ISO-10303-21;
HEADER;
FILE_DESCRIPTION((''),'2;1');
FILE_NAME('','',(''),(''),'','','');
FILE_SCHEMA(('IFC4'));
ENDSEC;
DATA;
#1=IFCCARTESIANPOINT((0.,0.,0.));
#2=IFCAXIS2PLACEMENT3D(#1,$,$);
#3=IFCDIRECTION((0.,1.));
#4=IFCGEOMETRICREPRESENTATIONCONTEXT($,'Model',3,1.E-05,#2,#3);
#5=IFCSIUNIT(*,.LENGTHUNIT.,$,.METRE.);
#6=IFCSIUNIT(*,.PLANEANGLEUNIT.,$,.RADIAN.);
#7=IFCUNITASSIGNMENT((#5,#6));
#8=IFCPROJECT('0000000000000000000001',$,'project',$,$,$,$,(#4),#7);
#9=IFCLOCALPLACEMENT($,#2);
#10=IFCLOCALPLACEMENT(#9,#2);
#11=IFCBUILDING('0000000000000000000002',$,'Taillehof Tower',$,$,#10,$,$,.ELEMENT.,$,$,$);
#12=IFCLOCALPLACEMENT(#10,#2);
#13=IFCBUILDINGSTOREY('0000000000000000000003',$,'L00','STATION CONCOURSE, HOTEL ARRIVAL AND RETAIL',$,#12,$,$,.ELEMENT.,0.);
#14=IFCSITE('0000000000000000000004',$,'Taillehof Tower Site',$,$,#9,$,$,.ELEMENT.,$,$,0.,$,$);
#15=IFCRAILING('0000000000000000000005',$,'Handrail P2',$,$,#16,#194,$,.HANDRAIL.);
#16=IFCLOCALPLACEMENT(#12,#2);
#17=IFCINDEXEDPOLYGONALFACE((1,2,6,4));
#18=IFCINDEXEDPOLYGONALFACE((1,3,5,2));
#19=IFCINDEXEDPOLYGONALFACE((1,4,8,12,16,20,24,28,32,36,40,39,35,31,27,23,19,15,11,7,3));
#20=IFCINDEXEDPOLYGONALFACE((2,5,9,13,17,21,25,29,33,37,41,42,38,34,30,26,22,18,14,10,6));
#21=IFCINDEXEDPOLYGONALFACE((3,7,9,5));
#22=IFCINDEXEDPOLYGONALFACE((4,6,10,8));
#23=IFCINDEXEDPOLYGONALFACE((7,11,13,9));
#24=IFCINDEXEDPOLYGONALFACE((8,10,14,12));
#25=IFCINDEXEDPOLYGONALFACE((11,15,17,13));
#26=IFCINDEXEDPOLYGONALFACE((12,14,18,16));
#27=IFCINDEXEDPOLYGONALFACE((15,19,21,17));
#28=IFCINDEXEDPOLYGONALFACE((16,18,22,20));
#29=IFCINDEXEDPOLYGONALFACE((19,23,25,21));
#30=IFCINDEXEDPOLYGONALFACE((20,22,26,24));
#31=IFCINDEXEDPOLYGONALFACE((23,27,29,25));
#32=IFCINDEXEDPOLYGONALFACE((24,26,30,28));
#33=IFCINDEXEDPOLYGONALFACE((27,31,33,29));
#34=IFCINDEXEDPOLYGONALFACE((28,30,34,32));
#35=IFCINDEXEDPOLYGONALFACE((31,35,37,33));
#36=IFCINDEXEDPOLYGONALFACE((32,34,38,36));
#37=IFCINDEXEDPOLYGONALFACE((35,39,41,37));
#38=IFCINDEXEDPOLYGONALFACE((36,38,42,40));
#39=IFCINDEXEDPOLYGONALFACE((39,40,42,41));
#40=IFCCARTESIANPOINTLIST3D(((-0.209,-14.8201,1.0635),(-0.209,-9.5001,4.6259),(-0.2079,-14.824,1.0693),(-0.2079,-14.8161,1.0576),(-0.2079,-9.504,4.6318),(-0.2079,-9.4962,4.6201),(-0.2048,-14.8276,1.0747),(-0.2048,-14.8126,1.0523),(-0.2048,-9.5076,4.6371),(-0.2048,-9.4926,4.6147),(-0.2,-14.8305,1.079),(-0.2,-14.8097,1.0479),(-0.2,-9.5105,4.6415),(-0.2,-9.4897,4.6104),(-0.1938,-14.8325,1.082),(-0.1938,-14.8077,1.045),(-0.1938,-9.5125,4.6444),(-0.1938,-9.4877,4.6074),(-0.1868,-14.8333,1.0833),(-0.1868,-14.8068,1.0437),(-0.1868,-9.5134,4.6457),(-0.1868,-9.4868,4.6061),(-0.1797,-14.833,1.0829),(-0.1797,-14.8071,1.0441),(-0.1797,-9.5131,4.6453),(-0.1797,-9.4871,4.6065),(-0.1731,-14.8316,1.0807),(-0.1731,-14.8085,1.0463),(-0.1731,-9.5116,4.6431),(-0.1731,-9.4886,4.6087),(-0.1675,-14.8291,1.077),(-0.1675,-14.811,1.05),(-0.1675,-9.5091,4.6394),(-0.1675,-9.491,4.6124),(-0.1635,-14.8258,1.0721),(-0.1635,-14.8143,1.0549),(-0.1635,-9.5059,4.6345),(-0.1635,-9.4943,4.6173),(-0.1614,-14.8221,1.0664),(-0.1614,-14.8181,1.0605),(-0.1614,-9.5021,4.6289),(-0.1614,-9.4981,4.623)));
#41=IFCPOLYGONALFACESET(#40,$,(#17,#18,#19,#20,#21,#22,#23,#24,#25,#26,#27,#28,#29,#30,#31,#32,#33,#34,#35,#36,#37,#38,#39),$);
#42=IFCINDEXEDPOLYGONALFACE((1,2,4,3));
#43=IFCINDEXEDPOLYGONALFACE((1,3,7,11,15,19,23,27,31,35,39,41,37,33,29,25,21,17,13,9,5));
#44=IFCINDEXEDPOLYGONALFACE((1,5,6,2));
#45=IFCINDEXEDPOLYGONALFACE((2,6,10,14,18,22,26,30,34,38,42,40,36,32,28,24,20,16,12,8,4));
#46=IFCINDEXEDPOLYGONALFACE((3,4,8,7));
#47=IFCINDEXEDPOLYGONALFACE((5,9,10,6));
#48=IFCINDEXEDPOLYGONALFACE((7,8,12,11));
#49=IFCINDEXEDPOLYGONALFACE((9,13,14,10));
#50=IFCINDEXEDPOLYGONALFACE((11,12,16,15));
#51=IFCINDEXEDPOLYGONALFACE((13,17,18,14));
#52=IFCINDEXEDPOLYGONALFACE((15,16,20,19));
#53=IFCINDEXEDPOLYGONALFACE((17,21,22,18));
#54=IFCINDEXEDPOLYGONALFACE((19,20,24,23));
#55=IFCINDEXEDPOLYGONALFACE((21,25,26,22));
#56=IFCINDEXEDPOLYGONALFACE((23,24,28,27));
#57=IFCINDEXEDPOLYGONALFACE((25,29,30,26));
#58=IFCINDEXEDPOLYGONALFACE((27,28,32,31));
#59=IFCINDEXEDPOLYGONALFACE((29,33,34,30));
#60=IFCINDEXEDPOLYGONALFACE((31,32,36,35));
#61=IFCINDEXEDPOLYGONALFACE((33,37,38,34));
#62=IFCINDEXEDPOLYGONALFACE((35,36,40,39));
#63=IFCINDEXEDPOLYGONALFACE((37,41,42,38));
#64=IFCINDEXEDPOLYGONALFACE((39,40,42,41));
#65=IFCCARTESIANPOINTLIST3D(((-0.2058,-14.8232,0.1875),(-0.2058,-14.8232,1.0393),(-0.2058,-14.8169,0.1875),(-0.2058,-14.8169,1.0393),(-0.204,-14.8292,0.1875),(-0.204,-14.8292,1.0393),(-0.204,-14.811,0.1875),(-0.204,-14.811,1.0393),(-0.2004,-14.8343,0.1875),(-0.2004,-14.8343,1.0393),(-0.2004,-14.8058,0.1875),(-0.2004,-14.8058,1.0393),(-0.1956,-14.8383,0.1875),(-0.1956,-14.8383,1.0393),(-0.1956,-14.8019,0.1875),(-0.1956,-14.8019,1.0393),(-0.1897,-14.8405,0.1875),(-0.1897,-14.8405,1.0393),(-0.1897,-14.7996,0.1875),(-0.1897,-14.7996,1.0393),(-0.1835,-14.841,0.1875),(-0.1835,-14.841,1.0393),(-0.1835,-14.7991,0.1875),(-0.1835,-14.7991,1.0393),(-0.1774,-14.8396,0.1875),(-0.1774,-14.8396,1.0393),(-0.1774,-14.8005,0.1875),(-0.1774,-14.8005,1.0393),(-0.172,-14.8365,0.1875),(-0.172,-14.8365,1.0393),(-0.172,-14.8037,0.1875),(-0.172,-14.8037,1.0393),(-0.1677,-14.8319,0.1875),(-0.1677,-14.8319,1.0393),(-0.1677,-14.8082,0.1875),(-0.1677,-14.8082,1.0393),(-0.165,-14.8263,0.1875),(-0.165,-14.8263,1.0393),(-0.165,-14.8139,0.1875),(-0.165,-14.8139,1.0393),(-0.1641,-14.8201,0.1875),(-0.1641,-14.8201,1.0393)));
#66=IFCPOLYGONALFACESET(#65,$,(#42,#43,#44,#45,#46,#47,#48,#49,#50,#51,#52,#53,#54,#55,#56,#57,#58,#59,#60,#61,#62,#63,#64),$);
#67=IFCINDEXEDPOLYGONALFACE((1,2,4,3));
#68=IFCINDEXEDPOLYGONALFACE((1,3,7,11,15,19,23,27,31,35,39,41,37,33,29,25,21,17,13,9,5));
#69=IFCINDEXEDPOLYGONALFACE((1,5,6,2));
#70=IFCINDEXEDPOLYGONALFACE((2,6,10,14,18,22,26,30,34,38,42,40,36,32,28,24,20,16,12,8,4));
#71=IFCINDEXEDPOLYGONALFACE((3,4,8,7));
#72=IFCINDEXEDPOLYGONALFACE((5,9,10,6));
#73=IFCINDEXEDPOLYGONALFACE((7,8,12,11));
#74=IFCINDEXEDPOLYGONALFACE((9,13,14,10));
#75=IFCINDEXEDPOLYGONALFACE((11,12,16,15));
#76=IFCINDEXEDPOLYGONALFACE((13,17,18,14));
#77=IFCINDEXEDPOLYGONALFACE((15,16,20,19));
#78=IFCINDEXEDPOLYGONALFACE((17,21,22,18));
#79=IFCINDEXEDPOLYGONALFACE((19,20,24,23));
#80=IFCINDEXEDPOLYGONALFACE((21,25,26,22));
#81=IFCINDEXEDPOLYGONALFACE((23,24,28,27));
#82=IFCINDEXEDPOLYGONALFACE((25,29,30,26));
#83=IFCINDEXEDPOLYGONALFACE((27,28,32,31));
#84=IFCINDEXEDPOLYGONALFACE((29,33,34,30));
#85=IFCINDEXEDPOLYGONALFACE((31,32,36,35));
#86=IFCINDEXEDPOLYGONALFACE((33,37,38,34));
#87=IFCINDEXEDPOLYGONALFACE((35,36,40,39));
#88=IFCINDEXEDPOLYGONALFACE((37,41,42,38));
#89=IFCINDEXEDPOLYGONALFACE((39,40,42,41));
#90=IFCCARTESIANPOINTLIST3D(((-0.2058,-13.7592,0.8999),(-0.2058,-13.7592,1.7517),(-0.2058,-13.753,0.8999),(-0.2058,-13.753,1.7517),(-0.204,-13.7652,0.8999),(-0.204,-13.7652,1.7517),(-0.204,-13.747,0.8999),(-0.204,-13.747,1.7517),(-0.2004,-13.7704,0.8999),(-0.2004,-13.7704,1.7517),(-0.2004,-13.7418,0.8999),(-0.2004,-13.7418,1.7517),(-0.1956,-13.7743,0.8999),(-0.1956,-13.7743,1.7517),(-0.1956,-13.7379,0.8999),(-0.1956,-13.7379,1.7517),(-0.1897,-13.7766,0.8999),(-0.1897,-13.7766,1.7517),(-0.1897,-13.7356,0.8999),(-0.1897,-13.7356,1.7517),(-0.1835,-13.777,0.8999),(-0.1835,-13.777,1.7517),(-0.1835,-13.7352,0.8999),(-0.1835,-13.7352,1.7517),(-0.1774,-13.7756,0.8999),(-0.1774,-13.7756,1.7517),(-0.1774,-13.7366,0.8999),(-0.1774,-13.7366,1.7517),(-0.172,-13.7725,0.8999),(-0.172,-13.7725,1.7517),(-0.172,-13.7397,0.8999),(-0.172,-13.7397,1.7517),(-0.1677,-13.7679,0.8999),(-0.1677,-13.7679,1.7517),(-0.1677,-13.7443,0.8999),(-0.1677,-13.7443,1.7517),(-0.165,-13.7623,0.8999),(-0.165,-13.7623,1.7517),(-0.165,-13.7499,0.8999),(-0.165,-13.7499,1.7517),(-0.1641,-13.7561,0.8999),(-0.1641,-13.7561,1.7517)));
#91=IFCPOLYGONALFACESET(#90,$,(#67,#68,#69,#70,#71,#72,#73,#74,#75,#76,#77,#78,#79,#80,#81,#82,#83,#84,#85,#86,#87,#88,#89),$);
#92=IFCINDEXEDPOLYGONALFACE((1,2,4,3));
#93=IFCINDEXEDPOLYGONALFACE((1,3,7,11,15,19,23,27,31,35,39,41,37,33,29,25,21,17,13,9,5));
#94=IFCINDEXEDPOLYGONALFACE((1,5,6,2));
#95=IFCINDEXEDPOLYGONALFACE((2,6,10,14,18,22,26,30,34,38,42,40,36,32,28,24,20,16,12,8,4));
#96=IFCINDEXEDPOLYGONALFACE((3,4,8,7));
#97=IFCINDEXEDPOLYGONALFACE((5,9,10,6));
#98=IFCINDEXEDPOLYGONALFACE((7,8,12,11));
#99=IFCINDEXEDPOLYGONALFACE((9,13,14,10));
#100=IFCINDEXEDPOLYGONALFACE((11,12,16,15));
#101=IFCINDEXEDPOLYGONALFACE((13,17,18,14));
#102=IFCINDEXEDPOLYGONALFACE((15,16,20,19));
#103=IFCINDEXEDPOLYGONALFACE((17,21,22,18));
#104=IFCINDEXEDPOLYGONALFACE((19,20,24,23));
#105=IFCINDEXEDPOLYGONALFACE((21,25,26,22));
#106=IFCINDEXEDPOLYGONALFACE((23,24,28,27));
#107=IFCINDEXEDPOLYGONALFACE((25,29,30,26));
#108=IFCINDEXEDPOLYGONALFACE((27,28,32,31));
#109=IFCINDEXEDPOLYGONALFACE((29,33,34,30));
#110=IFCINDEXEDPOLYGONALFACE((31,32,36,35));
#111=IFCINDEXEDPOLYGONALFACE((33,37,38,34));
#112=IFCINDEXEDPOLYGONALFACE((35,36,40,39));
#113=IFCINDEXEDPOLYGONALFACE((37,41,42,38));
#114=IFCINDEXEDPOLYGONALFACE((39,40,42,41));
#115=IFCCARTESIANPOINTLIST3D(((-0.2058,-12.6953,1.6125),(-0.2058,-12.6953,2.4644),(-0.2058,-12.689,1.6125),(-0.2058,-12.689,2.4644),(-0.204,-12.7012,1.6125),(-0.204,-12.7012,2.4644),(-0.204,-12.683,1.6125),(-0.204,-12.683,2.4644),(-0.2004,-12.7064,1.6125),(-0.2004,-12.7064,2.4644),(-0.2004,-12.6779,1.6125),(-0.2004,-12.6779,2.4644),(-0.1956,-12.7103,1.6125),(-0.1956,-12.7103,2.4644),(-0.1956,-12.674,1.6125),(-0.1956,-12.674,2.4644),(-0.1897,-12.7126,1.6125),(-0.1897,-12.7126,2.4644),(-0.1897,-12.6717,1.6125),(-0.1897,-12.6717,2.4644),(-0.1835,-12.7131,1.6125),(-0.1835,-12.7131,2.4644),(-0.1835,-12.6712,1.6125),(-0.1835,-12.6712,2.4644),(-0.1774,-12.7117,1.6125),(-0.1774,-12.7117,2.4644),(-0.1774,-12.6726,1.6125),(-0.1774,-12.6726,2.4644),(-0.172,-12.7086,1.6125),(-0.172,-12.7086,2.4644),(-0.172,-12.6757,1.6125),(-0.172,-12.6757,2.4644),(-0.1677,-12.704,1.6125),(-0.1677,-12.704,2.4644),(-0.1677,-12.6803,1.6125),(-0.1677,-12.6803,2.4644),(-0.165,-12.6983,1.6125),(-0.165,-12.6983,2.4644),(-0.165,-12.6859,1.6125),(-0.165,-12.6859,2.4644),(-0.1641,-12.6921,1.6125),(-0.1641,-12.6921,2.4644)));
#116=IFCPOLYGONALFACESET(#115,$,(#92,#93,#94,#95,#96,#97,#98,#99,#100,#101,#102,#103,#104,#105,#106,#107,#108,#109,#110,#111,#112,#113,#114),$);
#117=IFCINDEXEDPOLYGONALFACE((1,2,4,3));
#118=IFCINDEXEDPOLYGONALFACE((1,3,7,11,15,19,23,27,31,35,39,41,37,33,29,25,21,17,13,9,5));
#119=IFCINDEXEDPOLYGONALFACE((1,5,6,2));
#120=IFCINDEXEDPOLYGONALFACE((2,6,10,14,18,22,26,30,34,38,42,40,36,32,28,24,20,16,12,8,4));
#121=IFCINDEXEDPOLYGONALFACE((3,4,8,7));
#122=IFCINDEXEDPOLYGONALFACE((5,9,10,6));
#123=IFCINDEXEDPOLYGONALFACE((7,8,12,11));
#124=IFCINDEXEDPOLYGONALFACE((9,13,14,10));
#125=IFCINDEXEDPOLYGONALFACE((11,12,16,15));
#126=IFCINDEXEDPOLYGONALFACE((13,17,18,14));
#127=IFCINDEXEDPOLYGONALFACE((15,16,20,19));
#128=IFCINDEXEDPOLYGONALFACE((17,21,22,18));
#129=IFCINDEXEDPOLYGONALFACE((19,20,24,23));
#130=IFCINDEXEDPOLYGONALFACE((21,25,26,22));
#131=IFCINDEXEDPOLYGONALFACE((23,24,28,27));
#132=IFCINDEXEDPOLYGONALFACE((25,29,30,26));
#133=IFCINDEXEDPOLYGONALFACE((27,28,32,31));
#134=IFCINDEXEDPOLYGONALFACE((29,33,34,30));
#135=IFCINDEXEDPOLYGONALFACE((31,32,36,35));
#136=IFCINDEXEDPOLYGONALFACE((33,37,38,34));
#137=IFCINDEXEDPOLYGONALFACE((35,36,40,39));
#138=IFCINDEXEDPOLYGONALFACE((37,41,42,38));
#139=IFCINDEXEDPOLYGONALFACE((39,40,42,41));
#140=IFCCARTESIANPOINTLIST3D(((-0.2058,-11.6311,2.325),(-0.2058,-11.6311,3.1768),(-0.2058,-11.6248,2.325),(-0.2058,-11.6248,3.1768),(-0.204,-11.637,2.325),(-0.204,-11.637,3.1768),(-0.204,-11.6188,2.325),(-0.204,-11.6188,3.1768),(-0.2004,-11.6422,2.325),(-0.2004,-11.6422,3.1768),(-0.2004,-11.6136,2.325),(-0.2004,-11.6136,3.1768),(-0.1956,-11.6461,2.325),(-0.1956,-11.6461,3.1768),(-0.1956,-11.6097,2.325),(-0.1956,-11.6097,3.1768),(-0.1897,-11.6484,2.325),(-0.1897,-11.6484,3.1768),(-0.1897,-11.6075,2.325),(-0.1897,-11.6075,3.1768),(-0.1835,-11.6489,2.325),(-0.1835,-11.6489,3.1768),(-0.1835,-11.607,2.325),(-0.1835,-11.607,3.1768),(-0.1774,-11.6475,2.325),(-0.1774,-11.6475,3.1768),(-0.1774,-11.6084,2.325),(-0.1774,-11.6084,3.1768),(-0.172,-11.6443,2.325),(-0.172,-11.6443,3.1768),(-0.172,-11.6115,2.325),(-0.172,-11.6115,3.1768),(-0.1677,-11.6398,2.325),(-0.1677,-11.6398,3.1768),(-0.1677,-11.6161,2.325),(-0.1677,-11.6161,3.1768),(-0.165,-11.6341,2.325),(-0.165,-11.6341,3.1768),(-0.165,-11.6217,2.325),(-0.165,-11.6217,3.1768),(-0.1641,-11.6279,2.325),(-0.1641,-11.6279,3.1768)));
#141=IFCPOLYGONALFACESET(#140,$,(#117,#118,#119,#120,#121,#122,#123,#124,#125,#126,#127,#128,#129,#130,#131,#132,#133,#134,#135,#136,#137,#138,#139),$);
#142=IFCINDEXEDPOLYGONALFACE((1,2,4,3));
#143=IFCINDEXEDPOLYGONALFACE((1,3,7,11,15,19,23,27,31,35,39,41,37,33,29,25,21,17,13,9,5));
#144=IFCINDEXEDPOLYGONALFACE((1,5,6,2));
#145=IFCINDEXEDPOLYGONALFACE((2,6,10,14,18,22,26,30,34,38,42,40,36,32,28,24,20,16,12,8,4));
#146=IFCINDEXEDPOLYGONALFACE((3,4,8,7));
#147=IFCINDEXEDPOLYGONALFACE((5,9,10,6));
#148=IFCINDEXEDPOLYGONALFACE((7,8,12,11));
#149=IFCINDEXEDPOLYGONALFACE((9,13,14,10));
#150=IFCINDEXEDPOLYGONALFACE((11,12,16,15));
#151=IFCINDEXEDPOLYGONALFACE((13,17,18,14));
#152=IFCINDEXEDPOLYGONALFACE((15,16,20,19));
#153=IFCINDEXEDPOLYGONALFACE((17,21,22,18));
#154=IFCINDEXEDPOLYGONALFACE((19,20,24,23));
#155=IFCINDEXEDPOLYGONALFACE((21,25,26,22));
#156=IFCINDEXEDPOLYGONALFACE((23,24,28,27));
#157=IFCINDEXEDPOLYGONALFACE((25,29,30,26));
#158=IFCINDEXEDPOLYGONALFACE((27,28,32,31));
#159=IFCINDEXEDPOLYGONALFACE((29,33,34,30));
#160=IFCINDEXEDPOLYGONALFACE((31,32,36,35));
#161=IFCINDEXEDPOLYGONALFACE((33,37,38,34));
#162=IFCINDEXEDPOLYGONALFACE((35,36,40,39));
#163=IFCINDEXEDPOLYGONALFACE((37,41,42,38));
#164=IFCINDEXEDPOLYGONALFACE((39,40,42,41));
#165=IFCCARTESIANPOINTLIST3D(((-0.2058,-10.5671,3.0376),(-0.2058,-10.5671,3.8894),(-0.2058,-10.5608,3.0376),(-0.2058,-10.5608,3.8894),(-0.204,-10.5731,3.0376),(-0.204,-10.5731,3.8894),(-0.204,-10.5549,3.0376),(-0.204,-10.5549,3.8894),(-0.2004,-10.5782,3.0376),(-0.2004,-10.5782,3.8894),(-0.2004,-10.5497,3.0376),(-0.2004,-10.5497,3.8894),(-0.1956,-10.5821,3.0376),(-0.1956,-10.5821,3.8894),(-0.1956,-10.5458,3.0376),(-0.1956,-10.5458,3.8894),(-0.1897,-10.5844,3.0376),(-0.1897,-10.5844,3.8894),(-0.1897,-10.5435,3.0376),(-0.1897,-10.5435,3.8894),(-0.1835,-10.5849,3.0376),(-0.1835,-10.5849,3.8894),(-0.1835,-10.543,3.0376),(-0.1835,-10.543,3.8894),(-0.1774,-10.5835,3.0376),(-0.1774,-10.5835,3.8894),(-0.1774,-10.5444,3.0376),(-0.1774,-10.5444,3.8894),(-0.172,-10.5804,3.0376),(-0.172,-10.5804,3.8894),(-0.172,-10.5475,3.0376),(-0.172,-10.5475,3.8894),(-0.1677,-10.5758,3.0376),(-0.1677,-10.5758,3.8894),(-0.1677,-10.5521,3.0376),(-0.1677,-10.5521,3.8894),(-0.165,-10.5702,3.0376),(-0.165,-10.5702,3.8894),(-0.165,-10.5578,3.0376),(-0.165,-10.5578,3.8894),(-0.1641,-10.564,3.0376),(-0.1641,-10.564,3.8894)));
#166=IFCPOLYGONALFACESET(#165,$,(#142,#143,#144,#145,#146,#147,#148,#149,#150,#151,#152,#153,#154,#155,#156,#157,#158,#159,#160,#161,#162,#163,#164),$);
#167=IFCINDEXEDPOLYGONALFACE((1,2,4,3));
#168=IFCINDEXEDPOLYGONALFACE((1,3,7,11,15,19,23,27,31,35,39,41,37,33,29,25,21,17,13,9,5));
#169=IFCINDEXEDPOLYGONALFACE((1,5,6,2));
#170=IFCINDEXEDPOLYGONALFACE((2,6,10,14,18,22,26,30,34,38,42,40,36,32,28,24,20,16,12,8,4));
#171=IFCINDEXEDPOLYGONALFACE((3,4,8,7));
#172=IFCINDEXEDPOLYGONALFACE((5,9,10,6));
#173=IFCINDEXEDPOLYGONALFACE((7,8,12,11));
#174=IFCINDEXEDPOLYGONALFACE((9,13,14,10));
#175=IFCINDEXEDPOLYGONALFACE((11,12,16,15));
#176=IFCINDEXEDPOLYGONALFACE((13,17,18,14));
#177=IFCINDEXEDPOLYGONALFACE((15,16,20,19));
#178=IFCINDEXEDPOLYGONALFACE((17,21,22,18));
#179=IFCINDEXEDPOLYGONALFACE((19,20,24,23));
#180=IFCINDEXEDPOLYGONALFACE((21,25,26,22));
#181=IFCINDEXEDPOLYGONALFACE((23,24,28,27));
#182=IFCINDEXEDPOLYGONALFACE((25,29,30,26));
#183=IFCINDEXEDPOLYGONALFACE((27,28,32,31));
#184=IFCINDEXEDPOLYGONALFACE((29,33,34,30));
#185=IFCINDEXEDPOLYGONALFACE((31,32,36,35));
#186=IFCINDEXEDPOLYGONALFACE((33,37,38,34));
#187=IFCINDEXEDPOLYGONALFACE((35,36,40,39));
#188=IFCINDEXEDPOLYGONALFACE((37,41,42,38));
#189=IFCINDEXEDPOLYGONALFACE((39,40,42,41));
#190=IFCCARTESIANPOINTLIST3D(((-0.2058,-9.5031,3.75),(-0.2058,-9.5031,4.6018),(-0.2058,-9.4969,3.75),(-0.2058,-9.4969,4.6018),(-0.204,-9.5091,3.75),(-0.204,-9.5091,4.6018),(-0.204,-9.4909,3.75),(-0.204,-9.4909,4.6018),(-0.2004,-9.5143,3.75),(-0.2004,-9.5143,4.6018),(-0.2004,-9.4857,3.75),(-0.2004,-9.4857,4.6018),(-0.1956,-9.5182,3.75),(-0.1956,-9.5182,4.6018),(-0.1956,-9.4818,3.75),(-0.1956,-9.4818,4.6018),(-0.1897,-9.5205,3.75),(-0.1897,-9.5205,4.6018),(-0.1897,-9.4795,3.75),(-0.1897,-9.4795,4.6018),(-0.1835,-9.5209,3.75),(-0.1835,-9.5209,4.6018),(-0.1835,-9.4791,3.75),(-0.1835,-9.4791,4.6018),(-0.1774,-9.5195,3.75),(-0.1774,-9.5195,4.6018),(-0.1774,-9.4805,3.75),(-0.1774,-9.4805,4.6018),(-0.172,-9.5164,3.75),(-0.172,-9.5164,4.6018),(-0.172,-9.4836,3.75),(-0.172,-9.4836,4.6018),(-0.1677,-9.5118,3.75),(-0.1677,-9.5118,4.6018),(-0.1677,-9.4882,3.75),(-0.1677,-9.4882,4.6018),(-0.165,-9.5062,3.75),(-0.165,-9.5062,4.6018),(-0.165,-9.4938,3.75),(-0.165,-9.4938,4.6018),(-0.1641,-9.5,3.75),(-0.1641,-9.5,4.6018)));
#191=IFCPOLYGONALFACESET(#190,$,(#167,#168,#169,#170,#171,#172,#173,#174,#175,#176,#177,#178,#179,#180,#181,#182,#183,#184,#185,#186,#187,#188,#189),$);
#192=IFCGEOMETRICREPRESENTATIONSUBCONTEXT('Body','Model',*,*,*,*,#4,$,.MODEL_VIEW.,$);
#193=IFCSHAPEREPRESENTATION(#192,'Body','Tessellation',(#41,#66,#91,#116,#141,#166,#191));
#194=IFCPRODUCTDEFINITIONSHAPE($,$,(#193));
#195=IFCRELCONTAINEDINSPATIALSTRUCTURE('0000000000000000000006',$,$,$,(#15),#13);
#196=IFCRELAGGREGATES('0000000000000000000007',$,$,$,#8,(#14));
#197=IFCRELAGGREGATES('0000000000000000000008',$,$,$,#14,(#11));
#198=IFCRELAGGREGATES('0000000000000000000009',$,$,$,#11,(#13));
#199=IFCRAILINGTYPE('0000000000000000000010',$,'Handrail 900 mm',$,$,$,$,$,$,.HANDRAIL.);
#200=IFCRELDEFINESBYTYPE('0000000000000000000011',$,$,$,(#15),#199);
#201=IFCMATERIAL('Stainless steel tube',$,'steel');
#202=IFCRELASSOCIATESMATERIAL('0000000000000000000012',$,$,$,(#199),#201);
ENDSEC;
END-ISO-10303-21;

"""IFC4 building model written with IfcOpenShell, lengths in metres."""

from ifc_helpers import new_model, si_unit, direction, frame, origin, origin_2d, place, context, subcontext, project, spatial, circle, extrude, material, type_object, element, save


model = new_model("IFC4")

# Units and contexts
model_context = context("Model", 3, precision=1e-05, world=origin(), true_north=direction((0.0, 1.0)))
body_context = subcontext(model_context, "Body", "Model", "MODEL_VIEW")
ifc_project = project(units=[si_unit("LENGTHUNIT", "METRE"), si_unit("PLANEANGLEUNIT", "RADIAN")], contexts=[model_context])

# Site, building, storey
site_placement = place(None, origin())
site = spatial("IfcSite", under=ifc_project, at=site_placement, Name="Taillehof Tower Site", CompositionType="ELEMENT", RefElevation=0.0)
building_placement = place(site_placement, origin())
building = spatial("IfcBuilding", under=site, at=building_placement, Name="Taillehof Tower", CompositionType="ELEMENT")
storey_placement = place(building_placement, origin())
storey = spatial("IfcBuildingStorey", under=building, at=storey_placement, Name="L00", Description="STATION CONCOURSE, HOTEL ARRIVAL AND RETAIL", CompositionType="ELEMENT", Elevation=0.0)

# Railing
ifc_material_1 = material(Name="Stainless steel tube", Category="steel")
railing_type_1 = type_object("IfcRailingType", Name="Handrail 900 mm", PredefinedType="HANDRAIL", material=ifc_material_1)
railing_placement = place(storey_placement, frame((-0.1851, -14.8201, 0.1875)))
element("IfcRailing", 1, at=railing_placement, inside=storey, type_object=railing_type_1, Name="Handrail P2", PredefinedType="HANDRAIL", context=body_context, shape_type="SweptSolid", body=[
    extrude(circle(Radius=0.0239, at=origin_2d()), frame((0.0, 0.0, 0.876), z_axis=(0.0, 0.83091, 0.556406), x_axis=(-1.0, 0.0, 0.0)), (0.0, 0.0, 1.0), 6.4026),
    extrude(circle(Radius=0.021, at=origin_2d()), origin(), (0.0, 0.0, 1.0), 0.8518),
    extrude(circle(Radius=0.021, at=origin_2d()), frame((0.0, 1.064, 0.7124)), (0.0, 0.0, 1.0), 0.8518),
    extrude(circle(Radius=0.021, at=origin_2d()), frame((0.0, 2.1279, 1.425)), (0.0, 0.0, 1.0), 0.8518),
    extrude(circle(Radius=0.021, at=origin_2d()), frame((0.0, 3.1921, 2.1375)), (0.0, 0.0, 1.0), 0.8518),
    extrude(circle(Radius=0.021, at=origin_2d()), frame((0.0, 4.2561, 2.8501)), (0.0, 0.0, 1.0), 0.8518),
    extrude(circle(Radius=0.021, at=origin_2d()), frame((0.0, 5.3201, 3.5625)), (0.0, 0.0, 1.0), 0.8518),
])

save(model, "model.ifc")
